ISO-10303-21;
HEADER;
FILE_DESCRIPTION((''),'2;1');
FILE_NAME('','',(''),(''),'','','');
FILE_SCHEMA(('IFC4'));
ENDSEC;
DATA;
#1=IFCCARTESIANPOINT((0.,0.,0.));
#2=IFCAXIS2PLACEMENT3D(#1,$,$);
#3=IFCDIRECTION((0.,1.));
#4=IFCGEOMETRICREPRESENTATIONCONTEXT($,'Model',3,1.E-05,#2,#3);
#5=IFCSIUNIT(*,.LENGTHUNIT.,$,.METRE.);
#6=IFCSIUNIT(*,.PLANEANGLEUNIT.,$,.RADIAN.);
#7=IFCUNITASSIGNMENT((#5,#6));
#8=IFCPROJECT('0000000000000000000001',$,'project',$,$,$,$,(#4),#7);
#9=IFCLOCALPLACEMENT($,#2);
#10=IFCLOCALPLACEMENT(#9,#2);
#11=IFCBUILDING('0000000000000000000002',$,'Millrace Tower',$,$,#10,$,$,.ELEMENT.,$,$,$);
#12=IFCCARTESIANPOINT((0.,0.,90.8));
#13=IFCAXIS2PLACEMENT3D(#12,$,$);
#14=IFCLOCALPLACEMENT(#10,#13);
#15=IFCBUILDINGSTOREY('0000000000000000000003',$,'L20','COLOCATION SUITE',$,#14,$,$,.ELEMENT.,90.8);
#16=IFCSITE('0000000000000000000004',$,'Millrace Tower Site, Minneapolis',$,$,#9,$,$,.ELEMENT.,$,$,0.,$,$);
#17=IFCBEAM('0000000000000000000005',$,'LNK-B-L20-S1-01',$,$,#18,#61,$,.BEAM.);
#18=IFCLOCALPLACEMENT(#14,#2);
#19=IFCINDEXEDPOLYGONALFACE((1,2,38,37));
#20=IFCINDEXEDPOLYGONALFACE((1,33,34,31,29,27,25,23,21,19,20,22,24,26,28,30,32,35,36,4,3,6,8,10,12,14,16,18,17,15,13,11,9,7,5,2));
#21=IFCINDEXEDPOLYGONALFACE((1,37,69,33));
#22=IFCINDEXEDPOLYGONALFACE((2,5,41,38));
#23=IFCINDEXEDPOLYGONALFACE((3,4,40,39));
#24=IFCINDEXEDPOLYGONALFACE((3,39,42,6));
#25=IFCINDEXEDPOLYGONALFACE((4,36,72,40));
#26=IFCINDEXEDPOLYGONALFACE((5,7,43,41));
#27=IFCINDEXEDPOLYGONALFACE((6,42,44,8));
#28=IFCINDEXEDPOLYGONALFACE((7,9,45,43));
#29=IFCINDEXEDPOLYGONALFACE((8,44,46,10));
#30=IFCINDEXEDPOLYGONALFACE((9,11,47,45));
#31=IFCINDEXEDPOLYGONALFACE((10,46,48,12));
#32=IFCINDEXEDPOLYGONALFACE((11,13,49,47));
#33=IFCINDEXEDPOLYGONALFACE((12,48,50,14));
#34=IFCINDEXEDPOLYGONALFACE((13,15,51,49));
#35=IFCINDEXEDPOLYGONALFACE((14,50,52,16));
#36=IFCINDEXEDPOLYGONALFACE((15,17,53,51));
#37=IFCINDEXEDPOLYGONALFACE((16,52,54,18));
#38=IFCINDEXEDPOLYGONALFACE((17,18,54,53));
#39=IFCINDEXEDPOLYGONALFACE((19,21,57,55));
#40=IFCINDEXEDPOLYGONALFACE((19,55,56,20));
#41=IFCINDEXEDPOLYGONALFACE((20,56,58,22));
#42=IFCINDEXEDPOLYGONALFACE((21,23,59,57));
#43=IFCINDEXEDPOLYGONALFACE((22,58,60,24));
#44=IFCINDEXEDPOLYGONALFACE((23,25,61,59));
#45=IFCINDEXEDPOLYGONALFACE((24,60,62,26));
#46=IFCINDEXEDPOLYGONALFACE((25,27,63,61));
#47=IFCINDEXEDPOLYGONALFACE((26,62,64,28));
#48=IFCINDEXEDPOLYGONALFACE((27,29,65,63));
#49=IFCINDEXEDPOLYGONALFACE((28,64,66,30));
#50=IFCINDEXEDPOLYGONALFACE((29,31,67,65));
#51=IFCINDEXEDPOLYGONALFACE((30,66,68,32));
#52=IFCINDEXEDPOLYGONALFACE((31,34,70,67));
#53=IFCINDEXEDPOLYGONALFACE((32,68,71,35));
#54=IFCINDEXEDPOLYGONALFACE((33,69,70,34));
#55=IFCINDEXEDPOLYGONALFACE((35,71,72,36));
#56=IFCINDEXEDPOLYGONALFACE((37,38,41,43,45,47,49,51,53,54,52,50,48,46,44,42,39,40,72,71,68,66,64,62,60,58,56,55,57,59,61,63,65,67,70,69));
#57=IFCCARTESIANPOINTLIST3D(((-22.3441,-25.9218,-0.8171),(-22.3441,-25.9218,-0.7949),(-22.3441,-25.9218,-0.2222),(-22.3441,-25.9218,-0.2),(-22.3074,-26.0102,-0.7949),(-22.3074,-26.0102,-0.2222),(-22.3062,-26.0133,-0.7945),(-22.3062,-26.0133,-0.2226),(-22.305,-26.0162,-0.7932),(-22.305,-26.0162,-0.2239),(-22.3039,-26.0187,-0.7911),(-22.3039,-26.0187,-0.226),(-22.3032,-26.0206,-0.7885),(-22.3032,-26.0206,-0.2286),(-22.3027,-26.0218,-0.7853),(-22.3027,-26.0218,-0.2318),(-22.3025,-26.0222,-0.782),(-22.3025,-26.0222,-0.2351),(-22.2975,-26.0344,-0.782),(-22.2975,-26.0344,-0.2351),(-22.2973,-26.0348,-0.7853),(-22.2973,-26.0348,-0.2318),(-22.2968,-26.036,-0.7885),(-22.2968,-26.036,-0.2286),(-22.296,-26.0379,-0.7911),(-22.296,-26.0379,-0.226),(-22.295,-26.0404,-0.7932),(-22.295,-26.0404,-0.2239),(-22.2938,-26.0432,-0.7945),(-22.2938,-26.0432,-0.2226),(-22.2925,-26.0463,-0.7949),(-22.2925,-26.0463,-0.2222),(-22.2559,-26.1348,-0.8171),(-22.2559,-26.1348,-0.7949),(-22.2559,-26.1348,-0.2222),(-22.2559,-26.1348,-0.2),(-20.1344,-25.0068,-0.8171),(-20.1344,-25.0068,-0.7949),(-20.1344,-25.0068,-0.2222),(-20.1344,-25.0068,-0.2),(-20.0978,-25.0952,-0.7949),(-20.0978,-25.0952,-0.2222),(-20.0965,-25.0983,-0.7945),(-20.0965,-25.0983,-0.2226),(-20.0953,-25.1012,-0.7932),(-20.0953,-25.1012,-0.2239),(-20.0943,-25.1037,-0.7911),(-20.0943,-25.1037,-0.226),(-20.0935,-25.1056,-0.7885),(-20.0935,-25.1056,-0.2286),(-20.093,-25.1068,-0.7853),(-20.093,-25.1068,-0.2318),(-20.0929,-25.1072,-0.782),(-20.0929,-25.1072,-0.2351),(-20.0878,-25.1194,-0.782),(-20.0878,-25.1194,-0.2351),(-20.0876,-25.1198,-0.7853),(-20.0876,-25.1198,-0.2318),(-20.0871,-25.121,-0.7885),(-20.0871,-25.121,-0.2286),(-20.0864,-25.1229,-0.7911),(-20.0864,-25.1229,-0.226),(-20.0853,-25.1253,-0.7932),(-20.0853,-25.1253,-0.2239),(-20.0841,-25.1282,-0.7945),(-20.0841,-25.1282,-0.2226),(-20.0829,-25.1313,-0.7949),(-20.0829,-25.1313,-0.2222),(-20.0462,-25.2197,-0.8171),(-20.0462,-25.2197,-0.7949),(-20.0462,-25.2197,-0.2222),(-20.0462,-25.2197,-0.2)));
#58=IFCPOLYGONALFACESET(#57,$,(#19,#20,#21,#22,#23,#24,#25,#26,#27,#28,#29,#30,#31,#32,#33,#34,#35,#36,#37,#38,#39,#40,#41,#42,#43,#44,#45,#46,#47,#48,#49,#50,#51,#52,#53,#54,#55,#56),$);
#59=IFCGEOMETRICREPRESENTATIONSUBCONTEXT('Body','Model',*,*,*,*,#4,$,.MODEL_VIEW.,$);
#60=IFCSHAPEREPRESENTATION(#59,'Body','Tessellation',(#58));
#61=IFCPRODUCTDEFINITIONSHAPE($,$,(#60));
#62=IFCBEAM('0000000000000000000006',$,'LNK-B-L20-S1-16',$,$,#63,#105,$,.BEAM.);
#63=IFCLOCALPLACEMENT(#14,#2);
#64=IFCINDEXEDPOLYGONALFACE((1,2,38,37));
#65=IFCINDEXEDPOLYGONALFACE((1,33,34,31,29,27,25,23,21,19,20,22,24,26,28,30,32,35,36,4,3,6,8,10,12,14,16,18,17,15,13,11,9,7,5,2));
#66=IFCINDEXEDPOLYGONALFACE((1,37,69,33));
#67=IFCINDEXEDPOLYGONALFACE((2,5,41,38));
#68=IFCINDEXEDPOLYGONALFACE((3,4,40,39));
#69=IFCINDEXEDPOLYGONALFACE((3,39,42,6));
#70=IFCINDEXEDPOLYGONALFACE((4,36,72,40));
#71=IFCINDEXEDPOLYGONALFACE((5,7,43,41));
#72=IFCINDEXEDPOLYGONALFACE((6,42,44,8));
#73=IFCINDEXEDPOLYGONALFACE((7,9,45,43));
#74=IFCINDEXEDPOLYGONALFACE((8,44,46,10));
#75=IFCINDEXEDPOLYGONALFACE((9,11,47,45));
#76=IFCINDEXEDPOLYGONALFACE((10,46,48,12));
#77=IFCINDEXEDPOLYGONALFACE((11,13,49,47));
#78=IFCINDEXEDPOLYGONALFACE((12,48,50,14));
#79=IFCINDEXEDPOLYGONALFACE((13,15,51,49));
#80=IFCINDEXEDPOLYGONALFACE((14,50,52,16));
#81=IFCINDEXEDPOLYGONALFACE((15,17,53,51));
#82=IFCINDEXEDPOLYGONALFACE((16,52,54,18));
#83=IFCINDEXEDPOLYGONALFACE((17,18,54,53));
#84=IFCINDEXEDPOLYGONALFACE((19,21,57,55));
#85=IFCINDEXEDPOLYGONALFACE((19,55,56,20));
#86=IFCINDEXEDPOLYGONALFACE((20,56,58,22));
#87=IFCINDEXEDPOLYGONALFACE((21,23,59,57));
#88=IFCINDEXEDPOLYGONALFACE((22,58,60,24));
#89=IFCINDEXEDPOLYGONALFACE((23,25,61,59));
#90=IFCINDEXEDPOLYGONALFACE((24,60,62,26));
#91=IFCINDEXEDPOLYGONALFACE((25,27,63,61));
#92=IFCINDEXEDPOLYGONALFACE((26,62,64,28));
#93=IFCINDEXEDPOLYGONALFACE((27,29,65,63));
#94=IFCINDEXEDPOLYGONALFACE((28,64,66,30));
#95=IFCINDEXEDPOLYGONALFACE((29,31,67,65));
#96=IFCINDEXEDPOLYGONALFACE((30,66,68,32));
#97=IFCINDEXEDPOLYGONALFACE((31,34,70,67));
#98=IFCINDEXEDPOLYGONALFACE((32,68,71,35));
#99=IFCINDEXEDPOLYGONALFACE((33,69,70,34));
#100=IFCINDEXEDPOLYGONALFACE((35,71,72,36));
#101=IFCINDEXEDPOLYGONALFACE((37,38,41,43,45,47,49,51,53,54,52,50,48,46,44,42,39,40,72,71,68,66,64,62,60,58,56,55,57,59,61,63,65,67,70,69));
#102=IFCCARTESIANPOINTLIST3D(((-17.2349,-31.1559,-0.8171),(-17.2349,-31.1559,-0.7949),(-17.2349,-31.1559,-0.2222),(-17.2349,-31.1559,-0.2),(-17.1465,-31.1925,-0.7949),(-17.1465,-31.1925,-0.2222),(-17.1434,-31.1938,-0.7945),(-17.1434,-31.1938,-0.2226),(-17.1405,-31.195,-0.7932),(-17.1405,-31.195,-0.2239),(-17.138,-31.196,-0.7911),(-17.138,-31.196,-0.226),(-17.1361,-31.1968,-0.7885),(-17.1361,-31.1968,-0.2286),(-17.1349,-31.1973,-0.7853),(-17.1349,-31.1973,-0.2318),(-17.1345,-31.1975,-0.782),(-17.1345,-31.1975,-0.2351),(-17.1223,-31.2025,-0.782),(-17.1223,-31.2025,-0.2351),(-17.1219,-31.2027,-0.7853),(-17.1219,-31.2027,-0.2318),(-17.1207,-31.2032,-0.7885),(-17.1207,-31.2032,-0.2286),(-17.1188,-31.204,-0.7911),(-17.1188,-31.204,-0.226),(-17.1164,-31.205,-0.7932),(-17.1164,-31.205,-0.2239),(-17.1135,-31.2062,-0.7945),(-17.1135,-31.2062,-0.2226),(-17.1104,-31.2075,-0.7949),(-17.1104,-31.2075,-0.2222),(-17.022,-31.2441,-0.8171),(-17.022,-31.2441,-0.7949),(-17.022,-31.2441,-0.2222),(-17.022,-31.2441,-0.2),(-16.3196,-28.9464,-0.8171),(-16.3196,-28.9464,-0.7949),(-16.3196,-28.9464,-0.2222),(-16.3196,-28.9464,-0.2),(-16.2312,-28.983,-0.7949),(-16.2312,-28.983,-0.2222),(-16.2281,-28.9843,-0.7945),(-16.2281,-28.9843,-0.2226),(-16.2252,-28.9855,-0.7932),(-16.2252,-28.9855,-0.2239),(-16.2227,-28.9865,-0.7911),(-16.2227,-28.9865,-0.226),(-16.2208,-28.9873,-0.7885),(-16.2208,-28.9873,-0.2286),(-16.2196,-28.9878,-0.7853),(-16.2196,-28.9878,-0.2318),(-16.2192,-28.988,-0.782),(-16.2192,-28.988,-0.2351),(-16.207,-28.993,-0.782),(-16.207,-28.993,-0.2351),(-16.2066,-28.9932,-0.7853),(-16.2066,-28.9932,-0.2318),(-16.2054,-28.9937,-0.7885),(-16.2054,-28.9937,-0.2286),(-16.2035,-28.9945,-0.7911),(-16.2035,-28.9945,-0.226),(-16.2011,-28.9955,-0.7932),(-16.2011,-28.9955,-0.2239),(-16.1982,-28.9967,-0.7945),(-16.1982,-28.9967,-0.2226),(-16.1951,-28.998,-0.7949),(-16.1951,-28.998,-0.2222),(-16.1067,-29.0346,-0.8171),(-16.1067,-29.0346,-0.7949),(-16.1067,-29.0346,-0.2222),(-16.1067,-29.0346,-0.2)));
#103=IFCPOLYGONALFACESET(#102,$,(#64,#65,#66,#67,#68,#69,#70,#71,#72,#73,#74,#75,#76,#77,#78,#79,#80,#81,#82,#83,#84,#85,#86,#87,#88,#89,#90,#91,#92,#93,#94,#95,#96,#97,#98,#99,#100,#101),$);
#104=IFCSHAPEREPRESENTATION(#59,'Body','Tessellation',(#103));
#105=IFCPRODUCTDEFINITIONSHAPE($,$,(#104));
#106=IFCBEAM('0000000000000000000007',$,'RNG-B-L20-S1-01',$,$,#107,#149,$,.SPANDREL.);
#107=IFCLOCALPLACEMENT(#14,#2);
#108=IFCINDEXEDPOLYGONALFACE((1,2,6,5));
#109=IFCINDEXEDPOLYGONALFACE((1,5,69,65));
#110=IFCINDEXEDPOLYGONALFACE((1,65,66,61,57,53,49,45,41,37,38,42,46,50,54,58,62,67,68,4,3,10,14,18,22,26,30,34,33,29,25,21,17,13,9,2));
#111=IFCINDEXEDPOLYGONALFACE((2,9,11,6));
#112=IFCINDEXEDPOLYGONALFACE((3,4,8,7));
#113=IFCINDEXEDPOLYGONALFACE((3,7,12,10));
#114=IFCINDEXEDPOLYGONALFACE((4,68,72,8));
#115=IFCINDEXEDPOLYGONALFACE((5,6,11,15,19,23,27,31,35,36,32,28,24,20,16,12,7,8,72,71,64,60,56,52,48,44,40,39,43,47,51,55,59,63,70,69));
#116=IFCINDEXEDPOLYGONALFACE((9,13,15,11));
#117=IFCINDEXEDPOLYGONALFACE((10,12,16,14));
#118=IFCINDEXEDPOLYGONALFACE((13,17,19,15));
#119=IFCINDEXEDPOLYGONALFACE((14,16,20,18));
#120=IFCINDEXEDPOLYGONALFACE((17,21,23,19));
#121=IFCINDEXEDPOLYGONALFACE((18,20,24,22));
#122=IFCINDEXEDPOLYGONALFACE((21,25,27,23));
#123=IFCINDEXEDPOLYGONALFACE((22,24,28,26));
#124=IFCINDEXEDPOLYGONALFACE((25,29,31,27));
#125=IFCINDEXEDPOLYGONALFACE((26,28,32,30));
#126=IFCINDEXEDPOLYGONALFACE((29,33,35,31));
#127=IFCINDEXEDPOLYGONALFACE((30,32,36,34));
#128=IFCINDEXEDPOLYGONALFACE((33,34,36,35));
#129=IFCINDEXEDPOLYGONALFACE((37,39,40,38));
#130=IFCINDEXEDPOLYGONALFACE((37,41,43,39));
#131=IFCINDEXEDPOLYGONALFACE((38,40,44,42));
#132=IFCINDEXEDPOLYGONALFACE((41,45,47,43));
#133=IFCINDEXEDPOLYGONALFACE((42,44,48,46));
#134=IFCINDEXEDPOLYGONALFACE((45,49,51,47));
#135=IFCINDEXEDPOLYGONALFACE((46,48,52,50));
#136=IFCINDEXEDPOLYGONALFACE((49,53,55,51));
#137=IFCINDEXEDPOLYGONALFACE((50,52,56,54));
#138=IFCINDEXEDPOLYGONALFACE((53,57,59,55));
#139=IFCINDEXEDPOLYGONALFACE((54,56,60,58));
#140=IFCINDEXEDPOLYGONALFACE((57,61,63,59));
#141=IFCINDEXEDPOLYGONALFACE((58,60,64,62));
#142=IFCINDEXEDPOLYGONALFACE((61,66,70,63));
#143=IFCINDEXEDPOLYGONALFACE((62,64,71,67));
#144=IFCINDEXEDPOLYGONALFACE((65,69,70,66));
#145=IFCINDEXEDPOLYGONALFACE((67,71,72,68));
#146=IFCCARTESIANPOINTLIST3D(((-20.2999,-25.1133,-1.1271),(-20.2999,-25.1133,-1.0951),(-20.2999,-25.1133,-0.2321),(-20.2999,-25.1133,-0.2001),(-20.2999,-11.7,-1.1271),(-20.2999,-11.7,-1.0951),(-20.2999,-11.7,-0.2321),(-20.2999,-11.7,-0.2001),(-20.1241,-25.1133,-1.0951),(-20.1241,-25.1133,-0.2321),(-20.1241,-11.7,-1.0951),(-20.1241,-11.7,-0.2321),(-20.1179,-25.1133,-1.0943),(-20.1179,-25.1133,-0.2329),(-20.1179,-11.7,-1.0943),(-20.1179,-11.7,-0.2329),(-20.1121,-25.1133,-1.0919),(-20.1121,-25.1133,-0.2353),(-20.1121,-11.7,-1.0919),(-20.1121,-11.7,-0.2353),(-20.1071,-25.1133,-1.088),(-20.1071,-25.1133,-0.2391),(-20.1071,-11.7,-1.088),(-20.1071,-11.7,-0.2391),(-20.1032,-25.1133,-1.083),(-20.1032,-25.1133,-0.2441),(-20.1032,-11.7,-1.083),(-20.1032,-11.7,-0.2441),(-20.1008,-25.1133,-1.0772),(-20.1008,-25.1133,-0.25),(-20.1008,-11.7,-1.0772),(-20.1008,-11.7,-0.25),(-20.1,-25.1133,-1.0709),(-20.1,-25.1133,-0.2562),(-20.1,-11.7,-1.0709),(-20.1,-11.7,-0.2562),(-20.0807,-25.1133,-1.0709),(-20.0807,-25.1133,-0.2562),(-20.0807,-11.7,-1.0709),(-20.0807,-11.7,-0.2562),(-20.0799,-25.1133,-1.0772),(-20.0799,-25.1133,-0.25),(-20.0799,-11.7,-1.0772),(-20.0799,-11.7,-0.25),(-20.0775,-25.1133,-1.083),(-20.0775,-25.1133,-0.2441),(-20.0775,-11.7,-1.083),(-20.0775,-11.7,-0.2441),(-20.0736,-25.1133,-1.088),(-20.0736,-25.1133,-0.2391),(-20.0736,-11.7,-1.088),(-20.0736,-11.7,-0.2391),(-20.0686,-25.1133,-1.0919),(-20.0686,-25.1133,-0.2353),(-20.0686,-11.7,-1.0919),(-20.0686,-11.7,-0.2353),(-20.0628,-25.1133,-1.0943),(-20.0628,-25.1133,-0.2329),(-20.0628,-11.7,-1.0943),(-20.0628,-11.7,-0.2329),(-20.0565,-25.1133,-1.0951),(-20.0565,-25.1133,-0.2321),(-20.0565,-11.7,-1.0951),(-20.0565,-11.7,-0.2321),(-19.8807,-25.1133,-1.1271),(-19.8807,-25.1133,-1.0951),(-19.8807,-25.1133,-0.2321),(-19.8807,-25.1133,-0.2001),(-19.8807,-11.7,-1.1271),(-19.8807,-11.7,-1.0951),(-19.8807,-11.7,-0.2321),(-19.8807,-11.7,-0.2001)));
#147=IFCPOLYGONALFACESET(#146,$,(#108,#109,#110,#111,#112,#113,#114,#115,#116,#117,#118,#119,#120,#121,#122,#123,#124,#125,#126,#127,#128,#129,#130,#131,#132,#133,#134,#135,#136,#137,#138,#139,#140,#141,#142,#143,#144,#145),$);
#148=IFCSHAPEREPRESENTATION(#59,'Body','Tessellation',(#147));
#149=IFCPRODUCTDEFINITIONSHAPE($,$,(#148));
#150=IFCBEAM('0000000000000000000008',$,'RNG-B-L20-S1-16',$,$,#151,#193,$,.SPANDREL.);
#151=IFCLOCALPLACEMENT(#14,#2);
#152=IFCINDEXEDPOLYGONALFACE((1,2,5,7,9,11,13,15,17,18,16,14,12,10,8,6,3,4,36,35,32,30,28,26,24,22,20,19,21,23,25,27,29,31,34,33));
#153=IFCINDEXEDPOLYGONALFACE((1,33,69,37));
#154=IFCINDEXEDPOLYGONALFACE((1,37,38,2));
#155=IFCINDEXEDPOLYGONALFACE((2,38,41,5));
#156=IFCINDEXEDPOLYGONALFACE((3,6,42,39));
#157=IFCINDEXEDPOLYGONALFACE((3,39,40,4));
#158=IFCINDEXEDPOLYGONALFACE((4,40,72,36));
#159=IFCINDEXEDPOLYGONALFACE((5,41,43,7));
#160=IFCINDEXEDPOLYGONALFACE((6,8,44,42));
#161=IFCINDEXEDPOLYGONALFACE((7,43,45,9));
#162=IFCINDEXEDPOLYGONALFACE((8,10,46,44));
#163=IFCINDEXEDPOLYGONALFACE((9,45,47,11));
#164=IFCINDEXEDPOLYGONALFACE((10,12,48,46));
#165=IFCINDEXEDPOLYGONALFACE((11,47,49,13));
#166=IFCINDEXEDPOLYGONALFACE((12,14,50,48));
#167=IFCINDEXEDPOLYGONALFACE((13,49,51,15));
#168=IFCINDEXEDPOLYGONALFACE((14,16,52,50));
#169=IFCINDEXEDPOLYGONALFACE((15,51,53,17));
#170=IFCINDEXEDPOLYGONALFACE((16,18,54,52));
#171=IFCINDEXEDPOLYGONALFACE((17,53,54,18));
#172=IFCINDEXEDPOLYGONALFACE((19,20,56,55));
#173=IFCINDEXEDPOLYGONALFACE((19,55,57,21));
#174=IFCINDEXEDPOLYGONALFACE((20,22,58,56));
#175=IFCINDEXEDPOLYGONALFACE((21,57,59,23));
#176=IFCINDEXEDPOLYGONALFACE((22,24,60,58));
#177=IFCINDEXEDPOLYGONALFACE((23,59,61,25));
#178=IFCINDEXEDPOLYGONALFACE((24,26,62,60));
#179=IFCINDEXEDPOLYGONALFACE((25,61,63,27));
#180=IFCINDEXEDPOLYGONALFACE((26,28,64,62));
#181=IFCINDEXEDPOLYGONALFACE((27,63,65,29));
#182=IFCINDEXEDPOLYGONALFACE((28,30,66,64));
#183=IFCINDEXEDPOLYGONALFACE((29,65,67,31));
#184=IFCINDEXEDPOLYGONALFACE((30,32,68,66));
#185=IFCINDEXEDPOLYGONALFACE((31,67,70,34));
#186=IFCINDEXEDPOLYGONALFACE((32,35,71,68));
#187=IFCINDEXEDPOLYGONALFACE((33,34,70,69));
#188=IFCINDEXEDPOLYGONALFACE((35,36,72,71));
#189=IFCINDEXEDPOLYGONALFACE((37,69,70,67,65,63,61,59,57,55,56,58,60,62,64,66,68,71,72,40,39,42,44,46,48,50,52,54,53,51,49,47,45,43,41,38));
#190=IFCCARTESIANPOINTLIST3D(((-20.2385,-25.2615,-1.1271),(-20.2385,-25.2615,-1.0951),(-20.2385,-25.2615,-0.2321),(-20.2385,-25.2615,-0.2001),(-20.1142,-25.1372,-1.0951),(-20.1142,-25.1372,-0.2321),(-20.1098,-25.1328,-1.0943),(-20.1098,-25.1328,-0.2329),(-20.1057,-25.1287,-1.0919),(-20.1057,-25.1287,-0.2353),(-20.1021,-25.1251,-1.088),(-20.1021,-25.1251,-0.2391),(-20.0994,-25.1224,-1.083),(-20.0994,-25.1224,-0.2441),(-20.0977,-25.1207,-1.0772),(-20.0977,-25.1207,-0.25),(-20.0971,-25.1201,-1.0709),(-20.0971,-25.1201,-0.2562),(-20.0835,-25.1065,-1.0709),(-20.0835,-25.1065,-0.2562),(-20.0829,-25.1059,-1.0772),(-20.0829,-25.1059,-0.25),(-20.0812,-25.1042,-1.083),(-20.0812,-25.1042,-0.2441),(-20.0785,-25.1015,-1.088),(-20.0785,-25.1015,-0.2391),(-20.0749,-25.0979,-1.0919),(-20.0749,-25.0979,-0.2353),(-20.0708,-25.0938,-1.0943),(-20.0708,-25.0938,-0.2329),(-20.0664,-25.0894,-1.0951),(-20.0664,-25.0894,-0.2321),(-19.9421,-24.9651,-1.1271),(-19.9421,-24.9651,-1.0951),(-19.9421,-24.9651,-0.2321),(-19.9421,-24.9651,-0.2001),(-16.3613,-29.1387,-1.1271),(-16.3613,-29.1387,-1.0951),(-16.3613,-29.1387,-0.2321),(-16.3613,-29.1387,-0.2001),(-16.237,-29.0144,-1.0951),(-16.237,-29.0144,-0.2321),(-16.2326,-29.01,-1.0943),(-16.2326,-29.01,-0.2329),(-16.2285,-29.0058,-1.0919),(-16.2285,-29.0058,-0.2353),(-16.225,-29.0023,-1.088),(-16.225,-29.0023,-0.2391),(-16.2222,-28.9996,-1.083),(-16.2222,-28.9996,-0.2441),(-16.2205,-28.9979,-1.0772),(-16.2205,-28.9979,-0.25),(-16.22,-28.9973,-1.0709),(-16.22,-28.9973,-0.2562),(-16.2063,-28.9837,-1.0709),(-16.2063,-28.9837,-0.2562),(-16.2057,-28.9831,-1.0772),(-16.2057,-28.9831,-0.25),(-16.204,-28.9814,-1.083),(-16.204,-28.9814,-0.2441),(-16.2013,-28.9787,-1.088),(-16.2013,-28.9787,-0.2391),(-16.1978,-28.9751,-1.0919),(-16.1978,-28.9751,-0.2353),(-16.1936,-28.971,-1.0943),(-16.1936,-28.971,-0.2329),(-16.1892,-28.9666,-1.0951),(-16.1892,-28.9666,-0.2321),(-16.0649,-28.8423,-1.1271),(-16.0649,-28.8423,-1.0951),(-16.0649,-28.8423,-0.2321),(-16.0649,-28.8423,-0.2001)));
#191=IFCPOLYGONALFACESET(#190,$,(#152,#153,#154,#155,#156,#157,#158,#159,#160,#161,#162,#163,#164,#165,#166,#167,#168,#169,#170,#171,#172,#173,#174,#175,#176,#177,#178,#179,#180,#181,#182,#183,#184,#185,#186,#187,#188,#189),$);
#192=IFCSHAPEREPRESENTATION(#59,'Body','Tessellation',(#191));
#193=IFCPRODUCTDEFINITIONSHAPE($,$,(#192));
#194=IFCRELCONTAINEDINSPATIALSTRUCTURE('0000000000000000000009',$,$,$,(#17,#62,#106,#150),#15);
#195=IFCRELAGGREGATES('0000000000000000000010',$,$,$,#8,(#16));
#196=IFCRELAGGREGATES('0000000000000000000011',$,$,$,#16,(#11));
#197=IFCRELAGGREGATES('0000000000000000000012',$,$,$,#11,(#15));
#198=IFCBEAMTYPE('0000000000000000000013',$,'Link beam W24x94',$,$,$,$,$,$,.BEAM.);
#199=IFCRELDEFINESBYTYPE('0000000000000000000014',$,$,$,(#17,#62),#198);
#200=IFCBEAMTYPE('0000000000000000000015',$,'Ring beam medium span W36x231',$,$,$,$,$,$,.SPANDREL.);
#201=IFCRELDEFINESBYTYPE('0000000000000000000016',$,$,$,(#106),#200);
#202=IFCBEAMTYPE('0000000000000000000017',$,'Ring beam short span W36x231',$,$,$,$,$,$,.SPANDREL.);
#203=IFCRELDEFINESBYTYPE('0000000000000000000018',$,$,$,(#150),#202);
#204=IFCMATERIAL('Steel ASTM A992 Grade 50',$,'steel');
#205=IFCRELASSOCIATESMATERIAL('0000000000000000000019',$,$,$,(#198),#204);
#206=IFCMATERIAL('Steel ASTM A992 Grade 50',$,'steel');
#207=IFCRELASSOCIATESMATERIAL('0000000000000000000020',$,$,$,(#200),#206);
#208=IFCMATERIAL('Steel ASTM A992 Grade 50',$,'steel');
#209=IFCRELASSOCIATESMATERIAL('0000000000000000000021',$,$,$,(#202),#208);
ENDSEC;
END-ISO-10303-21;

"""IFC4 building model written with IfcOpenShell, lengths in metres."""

from ifc_helpers import new_model, si_unit, direction, frame, origin, origin_2d, place, context, subcontext, project, spatial, i_section, extrude, material, material_profile, profile_set, type_object, element, save


model = new_model("IFC4")

# Units and contexts
model_context = context("Model", 3, precision=1e-05, world=origin(), true_north=direction((0.0, 1.0)))
body_context = subcontext(model_context, "Body", "Model", "MODEL_VIEW")
ifc_project = project(units=[si_unit("LENGTHUNIT", "METRE"), si_unit("PLANEANGLEUNIT", "RADIAN")], contexts=[model_context])

# Site, building, storey
site_placement = place(None, origin())
site = spatial("IfcSite", under=ifc_project, at=site_placement, Name="Millrace Tower Site, Minneapolis", CompositionType="ELEMENT", RefElevation=0.0)
building_placement = place(site_placement, origin())
building = spatial("IfcBuilding", under=site, at=building_placement, Name="Millrace Tower", CompositionType="ELEMENT")
storey_placement = place(building_placement, frame((0.0, 0.0, 90.8)))
storey = spatial("IfcBuildingStorey", under=building, at=storey_placement, Name="L20", Description="COLOCATION SUITE", CompositionType="ELEMENT", Elevation=90.8)

# Beams
ifc_material_1 = material(Name="Steel ASTM A992 Grade 50", Category="steel")
ifc_material_profile_1 = material_profile(ifc_material_1, i_section(OverallWidth=0.2305, OverallDepth=0.6172, WebThickness=0.0132, FlangeThickness=0.0222, FilletRadius=0.0129, at=origin_2d()))
ifc_profile_set_1 = profile_set([ifc_material_profile_1], Name="Steel ASTM A992 Grade 50")
beam_type_1 = type_object("IfcBeamType", Name="Link beam W24x94", PredefinedType="BEAM", material=ifc_profile_set_1)
for number, where, z_axis, x_axis, name in (
    (1, (-20.0903, -25.1133, -0.5085), (-0.923917, -0.382592, 0.0), (0.382592, -0.923917, 0.0), "LNK-B-L20-S1-01"),
    (2, (-16.2131, -28.9905, -0.5085), (-0.382715, -0.923866, 0.0), (0.923866, -0.382715, 0.0), "LNK-B-L20-S1-16"),
):
    element("IfcBeam", number, at=place(storey_placement, frame(where, z_axis=z_axis, x_axis=x_axis)), inside=storey, type_object=beam_type_1, Name=name, PredefinedType="BEAM", context=body_context, shape_type="SweptSolid", body=[
        extrude(i_section(OverallWidth=0.2305, OverallDepth=0.6172, WebThickness=0.0132, FlangeThickness=0.0222, FilletRadius=0.0129, at=origin_2d()), origin(), (0.0, 0.0, 1.0), 2.3916),
    ])
ifc_material_2 = material(Name="Steel ASTM A992 Grade 50", Category="steel")
ifc_material_profile_2 = material_profile(ifc_material_2, i_section(OverallWidth=0.4192, OverallDepth=0.927, WebThickness=0.0193, FlangeThickness=0.032, FilletRadius=0.0242, at=origin_2d()))
ifc_profile_set_2 = profile_set([ifc_material_profile_2], Name="Steel ASTM A992 Grade 50")
beam_type_2 = type_object("IfcBeamType", Name="Ring beam medium span W36x231", PredefinedType="SPANDREL", material=ifc_profile_set_2)
beam_1_placement = place(storey_placement, frame((-20.0903, -25.1133, -0.6636), z_axis=(0.0, 1.0, 0.0), x_axis=(-1.0, 0.0, 0.0)))
element("IfcBeam", 3, at=beam_1_placement, inside=storey, type_object=beam_type_2, Name="RNG-B-L20-S1-01", PredefinedType="SPANDREL", context=body_context, shape_type="SweptSolid", body=[
    extrude(i_section(OverallWidth=0.4192, OverallDepth=0.927, WebThickness=0.0193, FlangeThickness=0.032, FilletRadius=0.0242, at=origin_2d()), origin(), (0.0, 0.0, 1.0), 13.4133),
])
ifc_material_3 = material(Name="Steel ASTM A992 Grade 50", Category="steel")
ifc_material_profile_3 = material_profile(ifc_material_3, i_section(OverallWidth=0.4192, OverallDepth=0.927, WebThickness=0.0193, FlangeThickness=0.032, FilletRadius=0.0242, at=origin_2d()))
ifc_profile_set_3 = profile_set([ifc_material_profile_3], Name="Steel ASTM A992 Grade 50")
beam_type_3 = type_object("IfcBeamType", Name="Ring beam short span W36x231", PredefinedType="SPANDREL", material=ifc_profile_set_3)
beam_2_placement = place(storey_placement, frame((-16.2131, -28.9905, -0.6636), z_axis=(-0.707107, 0.707107, 0.0), x_axis=(-0.707107, -0.707107, 0.0)))
element("IfcBeam", 4, at=beam_2_placement, inside=storey, type_object=beam_type_3, Name="RNG-B-L20-S1-16", PredefinedType="SPANDREL", context=body_context, shape_type="SweptSolid", body=[
    extrude(i_section(OverallWidth=0.4192, OverallDepth=0.927, WebThickness=0.0193, FlangeThickness=0.032, FilletRadius=0.0242, at=origin_2d()), origin(), (0.0, 0.0, 1.0), 5.4832),
])

save(model, "model.ifc")
